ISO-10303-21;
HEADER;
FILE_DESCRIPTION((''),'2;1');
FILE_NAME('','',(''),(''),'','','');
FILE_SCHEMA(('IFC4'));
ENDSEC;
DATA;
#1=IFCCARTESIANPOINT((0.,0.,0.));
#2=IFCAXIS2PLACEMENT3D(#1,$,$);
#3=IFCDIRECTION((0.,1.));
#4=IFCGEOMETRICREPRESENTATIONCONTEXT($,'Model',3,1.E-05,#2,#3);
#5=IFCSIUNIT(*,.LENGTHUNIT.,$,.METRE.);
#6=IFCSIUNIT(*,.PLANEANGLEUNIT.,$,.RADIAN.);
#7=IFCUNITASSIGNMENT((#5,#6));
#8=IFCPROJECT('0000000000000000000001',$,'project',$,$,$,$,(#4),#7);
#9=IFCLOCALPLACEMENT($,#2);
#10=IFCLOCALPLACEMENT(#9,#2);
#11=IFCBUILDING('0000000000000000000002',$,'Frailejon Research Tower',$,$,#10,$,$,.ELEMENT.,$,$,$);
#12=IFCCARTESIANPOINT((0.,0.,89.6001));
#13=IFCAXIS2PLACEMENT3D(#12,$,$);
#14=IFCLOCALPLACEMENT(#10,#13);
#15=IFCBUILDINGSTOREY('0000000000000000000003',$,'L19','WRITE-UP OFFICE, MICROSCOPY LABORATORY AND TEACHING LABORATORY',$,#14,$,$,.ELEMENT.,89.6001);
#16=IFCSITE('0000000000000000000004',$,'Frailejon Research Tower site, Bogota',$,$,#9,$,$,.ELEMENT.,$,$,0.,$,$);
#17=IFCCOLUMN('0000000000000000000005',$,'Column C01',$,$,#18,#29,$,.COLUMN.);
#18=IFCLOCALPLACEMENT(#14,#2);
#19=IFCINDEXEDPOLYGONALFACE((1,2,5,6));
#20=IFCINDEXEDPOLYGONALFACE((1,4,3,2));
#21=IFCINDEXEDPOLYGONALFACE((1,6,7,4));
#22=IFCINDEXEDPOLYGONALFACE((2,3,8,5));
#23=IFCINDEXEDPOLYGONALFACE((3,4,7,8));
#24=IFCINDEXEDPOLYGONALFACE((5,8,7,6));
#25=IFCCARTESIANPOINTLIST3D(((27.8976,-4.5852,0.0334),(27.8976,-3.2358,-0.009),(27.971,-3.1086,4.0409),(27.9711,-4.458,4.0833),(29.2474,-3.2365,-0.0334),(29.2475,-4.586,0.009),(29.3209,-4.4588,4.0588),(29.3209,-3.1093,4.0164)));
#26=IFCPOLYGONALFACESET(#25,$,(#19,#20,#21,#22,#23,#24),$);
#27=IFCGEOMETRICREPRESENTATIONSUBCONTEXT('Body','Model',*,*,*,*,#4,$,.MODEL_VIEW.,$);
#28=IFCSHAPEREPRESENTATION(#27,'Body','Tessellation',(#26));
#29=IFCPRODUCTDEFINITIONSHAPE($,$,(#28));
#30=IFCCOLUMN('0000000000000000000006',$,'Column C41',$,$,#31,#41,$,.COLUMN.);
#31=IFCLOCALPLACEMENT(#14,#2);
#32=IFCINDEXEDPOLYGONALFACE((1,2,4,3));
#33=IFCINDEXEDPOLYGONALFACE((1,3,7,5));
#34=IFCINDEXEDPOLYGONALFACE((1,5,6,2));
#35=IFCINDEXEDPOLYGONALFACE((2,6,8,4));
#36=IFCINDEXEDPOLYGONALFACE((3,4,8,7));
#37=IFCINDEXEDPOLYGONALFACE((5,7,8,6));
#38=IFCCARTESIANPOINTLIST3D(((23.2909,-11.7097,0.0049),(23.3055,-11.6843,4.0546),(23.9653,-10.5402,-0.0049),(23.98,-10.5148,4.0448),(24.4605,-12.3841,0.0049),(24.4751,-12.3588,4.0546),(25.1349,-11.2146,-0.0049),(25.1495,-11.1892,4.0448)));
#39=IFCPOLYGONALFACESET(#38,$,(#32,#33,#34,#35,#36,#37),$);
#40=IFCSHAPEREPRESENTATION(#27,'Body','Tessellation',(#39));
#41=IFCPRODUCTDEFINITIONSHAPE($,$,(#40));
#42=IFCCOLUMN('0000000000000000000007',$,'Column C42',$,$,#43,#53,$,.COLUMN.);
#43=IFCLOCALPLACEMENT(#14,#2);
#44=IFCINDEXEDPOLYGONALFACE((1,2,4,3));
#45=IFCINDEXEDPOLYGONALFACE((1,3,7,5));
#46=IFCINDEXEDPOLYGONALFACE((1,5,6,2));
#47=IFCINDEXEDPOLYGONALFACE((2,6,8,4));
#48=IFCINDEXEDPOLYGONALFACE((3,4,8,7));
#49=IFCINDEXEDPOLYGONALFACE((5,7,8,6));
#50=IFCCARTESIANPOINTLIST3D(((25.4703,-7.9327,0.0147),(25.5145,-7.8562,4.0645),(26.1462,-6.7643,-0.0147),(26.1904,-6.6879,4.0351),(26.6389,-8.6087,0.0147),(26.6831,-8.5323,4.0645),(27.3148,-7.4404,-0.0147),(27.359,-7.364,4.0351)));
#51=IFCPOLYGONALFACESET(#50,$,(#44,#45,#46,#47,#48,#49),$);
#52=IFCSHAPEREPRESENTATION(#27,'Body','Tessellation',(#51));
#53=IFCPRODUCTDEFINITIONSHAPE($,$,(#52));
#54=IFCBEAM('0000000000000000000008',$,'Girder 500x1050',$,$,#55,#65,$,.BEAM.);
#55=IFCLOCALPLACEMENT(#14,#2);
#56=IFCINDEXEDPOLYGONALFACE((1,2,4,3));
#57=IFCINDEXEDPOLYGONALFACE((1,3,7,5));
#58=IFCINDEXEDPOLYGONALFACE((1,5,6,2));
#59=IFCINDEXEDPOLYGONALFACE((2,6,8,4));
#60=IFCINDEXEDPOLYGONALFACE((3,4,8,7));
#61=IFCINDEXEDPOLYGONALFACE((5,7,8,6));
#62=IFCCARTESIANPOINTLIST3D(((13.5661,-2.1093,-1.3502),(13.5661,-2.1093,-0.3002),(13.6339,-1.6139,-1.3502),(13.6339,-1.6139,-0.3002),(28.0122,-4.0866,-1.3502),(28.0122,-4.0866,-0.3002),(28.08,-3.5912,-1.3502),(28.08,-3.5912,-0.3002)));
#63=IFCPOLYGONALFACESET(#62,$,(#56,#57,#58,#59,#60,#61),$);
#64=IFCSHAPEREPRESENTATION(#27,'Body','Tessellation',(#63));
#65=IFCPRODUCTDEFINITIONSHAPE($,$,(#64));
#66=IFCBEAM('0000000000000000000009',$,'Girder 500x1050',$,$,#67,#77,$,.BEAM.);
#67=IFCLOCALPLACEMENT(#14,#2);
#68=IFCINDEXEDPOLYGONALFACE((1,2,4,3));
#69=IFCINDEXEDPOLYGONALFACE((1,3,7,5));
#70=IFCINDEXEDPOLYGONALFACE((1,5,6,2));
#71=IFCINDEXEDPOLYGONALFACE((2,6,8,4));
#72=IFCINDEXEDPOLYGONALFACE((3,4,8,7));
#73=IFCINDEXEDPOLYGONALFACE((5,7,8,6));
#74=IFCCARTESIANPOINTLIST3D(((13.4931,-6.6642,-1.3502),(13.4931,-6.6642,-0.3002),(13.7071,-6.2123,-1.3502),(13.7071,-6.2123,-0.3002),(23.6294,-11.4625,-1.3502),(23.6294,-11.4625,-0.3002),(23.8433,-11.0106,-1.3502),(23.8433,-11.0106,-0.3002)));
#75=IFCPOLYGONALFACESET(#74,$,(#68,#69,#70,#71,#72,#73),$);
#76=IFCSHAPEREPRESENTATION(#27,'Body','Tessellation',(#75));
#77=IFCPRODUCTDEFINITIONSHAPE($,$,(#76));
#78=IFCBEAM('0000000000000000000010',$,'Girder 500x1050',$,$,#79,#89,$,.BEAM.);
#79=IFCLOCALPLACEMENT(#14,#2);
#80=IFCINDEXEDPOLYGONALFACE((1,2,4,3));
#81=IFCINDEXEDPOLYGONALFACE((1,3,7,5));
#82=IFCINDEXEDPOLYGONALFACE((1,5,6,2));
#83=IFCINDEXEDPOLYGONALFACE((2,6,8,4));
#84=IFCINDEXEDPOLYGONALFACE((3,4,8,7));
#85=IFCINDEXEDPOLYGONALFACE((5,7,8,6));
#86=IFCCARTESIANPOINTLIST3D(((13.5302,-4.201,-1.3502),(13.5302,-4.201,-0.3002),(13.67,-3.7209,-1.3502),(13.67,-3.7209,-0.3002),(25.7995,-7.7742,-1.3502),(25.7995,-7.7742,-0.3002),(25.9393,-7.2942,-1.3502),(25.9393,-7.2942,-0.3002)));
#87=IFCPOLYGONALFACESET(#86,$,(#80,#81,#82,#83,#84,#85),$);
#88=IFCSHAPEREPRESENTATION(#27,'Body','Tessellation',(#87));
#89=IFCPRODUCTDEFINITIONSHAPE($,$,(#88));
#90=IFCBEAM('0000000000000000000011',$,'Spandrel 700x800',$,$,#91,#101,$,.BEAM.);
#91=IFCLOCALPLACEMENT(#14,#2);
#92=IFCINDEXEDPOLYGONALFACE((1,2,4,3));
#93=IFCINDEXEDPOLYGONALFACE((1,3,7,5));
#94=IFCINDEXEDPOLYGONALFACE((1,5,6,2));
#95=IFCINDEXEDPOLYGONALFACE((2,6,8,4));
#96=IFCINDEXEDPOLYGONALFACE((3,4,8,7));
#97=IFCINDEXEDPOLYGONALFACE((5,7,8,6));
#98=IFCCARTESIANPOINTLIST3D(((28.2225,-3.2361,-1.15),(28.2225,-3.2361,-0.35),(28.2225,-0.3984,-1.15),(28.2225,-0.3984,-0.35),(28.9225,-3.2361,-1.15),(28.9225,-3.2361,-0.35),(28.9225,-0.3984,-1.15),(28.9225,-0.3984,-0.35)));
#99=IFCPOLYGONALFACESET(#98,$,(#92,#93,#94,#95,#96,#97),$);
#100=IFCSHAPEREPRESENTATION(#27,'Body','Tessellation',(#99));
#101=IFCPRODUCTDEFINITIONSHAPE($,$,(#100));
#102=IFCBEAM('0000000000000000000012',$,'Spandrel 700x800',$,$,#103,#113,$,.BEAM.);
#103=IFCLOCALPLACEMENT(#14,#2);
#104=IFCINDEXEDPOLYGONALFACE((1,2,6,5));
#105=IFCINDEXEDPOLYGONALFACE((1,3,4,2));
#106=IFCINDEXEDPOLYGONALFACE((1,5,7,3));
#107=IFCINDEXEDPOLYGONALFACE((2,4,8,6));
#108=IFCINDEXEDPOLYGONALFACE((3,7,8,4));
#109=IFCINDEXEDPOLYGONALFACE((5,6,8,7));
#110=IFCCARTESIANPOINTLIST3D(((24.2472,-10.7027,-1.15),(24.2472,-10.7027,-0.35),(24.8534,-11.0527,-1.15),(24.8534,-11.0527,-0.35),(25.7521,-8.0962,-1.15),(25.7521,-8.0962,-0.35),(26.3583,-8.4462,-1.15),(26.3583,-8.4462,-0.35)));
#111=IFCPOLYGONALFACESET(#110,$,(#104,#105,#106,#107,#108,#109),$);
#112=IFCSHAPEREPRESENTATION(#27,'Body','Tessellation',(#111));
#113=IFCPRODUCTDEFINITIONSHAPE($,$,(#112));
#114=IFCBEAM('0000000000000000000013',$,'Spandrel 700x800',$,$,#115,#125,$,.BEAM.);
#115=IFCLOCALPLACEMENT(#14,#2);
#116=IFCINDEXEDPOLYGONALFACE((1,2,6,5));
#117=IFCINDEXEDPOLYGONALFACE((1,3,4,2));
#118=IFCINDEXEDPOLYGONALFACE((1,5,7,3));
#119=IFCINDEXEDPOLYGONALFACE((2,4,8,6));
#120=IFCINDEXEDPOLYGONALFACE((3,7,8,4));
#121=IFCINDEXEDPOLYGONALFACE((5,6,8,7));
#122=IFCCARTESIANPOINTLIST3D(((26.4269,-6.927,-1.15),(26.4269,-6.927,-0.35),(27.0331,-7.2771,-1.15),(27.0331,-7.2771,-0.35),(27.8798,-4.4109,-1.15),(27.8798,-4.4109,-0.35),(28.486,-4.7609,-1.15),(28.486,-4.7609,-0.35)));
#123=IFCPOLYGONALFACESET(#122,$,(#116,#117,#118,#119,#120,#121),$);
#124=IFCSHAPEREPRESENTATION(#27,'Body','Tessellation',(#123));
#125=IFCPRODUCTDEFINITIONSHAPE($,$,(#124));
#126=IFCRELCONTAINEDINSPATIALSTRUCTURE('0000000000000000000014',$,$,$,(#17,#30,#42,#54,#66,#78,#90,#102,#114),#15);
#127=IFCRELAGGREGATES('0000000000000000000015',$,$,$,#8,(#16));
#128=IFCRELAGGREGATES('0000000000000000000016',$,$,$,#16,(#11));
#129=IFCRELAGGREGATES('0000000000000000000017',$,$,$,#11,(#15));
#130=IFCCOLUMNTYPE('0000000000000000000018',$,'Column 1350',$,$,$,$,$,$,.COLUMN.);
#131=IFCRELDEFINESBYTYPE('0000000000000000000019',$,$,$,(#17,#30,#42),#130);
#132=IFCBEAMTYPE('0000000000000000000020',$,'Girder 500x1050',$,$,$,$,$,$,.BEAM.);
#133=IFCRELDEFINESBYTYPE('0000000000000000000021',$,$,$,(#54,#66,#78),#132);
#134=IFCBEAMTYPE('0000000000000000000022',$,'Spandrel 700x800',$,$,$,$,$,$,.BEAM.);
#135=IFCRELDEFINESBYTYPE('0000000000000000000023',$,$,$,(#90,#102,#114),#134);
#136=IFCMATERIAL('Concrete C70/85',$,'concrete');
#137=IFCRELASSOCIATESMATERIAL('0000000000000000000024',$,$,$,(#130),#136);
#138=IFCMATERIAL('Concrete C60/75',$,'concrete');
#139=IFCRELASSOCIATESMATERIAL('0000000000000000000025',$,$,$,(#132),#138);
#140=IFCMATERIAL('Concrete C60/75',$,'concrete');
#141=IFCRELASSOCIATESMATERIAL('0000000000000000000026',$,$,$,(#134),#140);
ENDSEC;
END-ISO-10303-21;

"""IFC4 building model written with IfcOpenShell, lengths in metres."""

from ifc_helpers import new_model, si_unit, direction, frame, origin, origin_2d, place, context, subcontext, project, spatial, rectangle, extrude, material, material_profile, profile_set, type_object, element, save


model = new_model("IFC4")

# Units and contexts
model_context = context("Model", 3, precision=1e-05, world=origin(), true_north=direction((0.0, 1.0)))
body_context = subcontext(model_context, "Body", "Model", "MODEL_VIEW")
ifc_project = project(units=[si_unit("LENGTHUNIT", "METRE"), si_unit("PLANEANGLEUNIT", "RADIAN")], contexts=[model_context])

# Site, building, storey
site_placement = place(None, origin())
site = spatial("IfcSite", under=ifc_project, at=site_placement, Name="Frailejon Research Tower site, Bogota", CompositionType="ELEMENT", RefElevation=0.0)
building_placement = place(site_placement, origin())
building = spatial("IfcBuilding", under=site, at=building_placement, Name="Frailejon Research Tower", CompositionType="ELEMENT")
storey_placement = place(building_placement, frame((0.0, 0.0, 89.6001)))
storey = spatial("IfcBuildingStorey", under=building, at=storey_placement, Name="L19", Description="WRITE-UP OFFICE, MICROSCOPY LABORATORY AND TEACHING LABORATORY", CompositionType="ELEMENT", Elevation=89.6001)

# Columns
ifc_material_1 = material(Name="Concrete C70/85", Category="concrete")
ifc_material_profile_1 = material_profile(ifc_material_1, rectangle(XDim=1.3501, YDim=1.3501, at=origin_2d()), Name="Column 1350")
ifc_profile_set_1 = profile_set([ifc_material_profile_1], Name="Concrete C70/85")
column_type = type_object("IfcColumnType", Name="Column 1350", PredefinedType="COLUMN", material=ifc_profile_set_1)
column_1_placement = place(storey_placement, frame((28.5725, -3.9109, 0.0), z_axis=(0.018134, 0.031388, 0.999343), x_axis=(-0.000022, 0.999507, -0.031392)))
element("IfcColumn", 1, at=column_1_placement, inside=storey, type_object=column_type, Name="Column C01", PredefinedType="COLUMN", context=body_context, shape_type="SweptSolid", body=[
    extrude(rectangle(XDim=1.3501, YDim=1.3501, at=origin_2d()), origin(), (0.0, 0.0, 1.0), 4.0525),
])
column_2_placement = place(storey_placement, frame((24.2129, -11.4622, 0.0), z_axis=(0.003617, 0.006269, 0.999974), x_axis=(0.499535, 0.866263, -0.007238)))
element("IfcColumn", 2, at=column_2_placement, inside=storey, type_object=column_type, Name="Column C41", PredefinedType="COLUMN", context=body_context, shape_type="SweptSolid", body=[
    extrude(rectangle(XDim=1.3501, YDim=1.3501, at=origin_2d()), origin(), (0.0, 0.0, 1.0), 4.0498),
])
column_3_placement = place(storey_placement, frame((26.3926, -7.6865, 0.0), z_axis=(0.010909, 0.018865, 0.999763), x_axis=(0.500638, 0.865382, -0.021792)))
element("IfcColumn", 3, at=column_3_placement, inside=storey, type_object=column_type, Name="Column C42", PredefinedType="COLUMN", context=body_context, shape_type="SweptSolid", body=[
    extrude(rectangle(XDim=1.3501, YDim=1.3501, at=origin_2d()), origin(), (0.0, 0.0, 1.0), 4.0508),
])

# Beams
ifc_material_2 = material(Name="Concrete C60/75", Category="concrete")
ifc_material_profile_2 = material_profile(ifc_material_2, rectangle(XDim=0.5, YDim=1.05, at=origin_2d()), Name="Girder 500x1050")
ifc_profile_set_2 = profile_set([ifc_material_profile_2], Name="Concrete C60/75")
beam_type_1 = type_object("IfcBeamType", Name="Girder 500x1050", PredefinedType="BEAM", material=ifc_profile_set_2)
beam_1_placement = place(storey_placement, frame((28.0461, -3.8389, -0.8252), z_axis=(-0.990762, 0.13561, 0.0), x_axis=(-0.13561, -0.990762, 0.0)))
element("IfcBeam", 4, at=beam_1_placement, inside=storey, type_object=beam_type_1, Name="Girder 500x1050", PredefinedType="BEAM", context=body_context, shape_type="SweptSolid", body=[
    extrude(rectangle(XDim=0.5, YDim=1.05, at=origin_2d()), origin(), (0.0, 0.0, 1.0), 14.5808),
])
beam_2_placement = place(storey_placement, frame((23.7363, -11.2366, -0.8252), z_axis=(-0.903842, 0.427865, 0.0), x_axis=(-0.427865, -0.903842, 0.0)))
element("IfcBeam", 5, at=beam_2_placement, inside=storey, type_object=beam_type_1, Name="Girder 500x1050", PredefinedType="BEAM", context=body_context, shape_type="SweptSolid", body=[
    extrude(rectangle(XDim=0.5, YDim=1.05, at=origin_2d()), origin(), (0.0, 0.0, 1.0), 11.2146),
])
beam_3_placement = place(storey_placement, frame((25.8694, -7.5342, -0.8252), z_axis=(-0.960111, 0.279618, 0.0), x_axis=(-0.279618, -0.960111, 0.0)))
element("IfcBeam", 6, at=beam_3_placement, inside=storey, type_object=beam_type_1, Name="Girder 500x1050", PredefinedType="BEAM", context=body_context, shape_type="SweptSolid", body=[
    extrude(rectangle(XDim=0.5, YDim=1.05, at=origin_2d()), origin(), (0.0, 0.0, 1.0), 12.7791),
])
ifc_material_3 = material(Name="Concrete C60/75", Category="concrete")
ifc_material_profile_3 = material_profile(ifc_material_3, rectangle(XDim=0.7, YDim=0.8, at=origin_2d()), Name="Spandrel 700x800")
ifc_profile_set_3 = profile_set([ifc_material_profile_3], Name="Concrete C60/75")
beam_type_2 = type_object("IfcBeamType", Name="Spandrel 700x800", PredefinedType="BEAM", material=ifc_profile_set_3)
beam_4_placement = place(storey_placement, frame((28.5725, -3.2361, -0.75), z_axis=(0.0, 1.0, 0.0), x_axis=(-1.0, 0.0, 0.0)))
element("IfcBeam", 7, at=beam_4_placement, inside=storey, type_object=beam_type_2, Name="Spandrel 700x800", PredefinedType="BEAM", context=body_context, shape_type="SweptSolid", body=[
    extrude(rectangle(XDim=0.7, YDim=0.8, at=origin_2d()), origin(), (0.0, 0.0, 1.0), 2.8376),
])
beam_5_placement = place(storey_placement, frame((24.5503, -10.8777, -0.75), z_axis=(0.500013, 0.866018, 0.0), x_axis=(-0.866018, 0.500013, 0.0)))
element("IfcBeam", 8, at=beam_5_placement, inside=storey, type_object=beam_type_2, Name="Spandrel 700x800", PredefinedType="BEAM", context=body_context, shape_type="SweptSolid", body=[
    extrude(rectangle(XDim=0.7, YDim=0.8, at=origin_2d()), origin(), (0.0, 0.0, 1.0), 3.0098),
])
beam_6_placement = place(storey_placement, frame((26.73, -7.1021, -0.75), z_axis=(0.500052, 0.865995, 0.0), x_axis=(-0.865995, 0.500052, 0.0)))
element("IfcBeam", 9, at=beam_6_placement, inside=storey, type_object=beam_type_2, Name="Spandrel 700x800", PredefinedType="BEAM", context=body_context, shape_type="SweptSolid", body=[
    extrude(rectangle(XDim=0.7, YDim=0.8, at=origin_2d()), origin(), (0.0, 0.0, 1.0), 2.9055),
])

save(model, "model.ifc")
